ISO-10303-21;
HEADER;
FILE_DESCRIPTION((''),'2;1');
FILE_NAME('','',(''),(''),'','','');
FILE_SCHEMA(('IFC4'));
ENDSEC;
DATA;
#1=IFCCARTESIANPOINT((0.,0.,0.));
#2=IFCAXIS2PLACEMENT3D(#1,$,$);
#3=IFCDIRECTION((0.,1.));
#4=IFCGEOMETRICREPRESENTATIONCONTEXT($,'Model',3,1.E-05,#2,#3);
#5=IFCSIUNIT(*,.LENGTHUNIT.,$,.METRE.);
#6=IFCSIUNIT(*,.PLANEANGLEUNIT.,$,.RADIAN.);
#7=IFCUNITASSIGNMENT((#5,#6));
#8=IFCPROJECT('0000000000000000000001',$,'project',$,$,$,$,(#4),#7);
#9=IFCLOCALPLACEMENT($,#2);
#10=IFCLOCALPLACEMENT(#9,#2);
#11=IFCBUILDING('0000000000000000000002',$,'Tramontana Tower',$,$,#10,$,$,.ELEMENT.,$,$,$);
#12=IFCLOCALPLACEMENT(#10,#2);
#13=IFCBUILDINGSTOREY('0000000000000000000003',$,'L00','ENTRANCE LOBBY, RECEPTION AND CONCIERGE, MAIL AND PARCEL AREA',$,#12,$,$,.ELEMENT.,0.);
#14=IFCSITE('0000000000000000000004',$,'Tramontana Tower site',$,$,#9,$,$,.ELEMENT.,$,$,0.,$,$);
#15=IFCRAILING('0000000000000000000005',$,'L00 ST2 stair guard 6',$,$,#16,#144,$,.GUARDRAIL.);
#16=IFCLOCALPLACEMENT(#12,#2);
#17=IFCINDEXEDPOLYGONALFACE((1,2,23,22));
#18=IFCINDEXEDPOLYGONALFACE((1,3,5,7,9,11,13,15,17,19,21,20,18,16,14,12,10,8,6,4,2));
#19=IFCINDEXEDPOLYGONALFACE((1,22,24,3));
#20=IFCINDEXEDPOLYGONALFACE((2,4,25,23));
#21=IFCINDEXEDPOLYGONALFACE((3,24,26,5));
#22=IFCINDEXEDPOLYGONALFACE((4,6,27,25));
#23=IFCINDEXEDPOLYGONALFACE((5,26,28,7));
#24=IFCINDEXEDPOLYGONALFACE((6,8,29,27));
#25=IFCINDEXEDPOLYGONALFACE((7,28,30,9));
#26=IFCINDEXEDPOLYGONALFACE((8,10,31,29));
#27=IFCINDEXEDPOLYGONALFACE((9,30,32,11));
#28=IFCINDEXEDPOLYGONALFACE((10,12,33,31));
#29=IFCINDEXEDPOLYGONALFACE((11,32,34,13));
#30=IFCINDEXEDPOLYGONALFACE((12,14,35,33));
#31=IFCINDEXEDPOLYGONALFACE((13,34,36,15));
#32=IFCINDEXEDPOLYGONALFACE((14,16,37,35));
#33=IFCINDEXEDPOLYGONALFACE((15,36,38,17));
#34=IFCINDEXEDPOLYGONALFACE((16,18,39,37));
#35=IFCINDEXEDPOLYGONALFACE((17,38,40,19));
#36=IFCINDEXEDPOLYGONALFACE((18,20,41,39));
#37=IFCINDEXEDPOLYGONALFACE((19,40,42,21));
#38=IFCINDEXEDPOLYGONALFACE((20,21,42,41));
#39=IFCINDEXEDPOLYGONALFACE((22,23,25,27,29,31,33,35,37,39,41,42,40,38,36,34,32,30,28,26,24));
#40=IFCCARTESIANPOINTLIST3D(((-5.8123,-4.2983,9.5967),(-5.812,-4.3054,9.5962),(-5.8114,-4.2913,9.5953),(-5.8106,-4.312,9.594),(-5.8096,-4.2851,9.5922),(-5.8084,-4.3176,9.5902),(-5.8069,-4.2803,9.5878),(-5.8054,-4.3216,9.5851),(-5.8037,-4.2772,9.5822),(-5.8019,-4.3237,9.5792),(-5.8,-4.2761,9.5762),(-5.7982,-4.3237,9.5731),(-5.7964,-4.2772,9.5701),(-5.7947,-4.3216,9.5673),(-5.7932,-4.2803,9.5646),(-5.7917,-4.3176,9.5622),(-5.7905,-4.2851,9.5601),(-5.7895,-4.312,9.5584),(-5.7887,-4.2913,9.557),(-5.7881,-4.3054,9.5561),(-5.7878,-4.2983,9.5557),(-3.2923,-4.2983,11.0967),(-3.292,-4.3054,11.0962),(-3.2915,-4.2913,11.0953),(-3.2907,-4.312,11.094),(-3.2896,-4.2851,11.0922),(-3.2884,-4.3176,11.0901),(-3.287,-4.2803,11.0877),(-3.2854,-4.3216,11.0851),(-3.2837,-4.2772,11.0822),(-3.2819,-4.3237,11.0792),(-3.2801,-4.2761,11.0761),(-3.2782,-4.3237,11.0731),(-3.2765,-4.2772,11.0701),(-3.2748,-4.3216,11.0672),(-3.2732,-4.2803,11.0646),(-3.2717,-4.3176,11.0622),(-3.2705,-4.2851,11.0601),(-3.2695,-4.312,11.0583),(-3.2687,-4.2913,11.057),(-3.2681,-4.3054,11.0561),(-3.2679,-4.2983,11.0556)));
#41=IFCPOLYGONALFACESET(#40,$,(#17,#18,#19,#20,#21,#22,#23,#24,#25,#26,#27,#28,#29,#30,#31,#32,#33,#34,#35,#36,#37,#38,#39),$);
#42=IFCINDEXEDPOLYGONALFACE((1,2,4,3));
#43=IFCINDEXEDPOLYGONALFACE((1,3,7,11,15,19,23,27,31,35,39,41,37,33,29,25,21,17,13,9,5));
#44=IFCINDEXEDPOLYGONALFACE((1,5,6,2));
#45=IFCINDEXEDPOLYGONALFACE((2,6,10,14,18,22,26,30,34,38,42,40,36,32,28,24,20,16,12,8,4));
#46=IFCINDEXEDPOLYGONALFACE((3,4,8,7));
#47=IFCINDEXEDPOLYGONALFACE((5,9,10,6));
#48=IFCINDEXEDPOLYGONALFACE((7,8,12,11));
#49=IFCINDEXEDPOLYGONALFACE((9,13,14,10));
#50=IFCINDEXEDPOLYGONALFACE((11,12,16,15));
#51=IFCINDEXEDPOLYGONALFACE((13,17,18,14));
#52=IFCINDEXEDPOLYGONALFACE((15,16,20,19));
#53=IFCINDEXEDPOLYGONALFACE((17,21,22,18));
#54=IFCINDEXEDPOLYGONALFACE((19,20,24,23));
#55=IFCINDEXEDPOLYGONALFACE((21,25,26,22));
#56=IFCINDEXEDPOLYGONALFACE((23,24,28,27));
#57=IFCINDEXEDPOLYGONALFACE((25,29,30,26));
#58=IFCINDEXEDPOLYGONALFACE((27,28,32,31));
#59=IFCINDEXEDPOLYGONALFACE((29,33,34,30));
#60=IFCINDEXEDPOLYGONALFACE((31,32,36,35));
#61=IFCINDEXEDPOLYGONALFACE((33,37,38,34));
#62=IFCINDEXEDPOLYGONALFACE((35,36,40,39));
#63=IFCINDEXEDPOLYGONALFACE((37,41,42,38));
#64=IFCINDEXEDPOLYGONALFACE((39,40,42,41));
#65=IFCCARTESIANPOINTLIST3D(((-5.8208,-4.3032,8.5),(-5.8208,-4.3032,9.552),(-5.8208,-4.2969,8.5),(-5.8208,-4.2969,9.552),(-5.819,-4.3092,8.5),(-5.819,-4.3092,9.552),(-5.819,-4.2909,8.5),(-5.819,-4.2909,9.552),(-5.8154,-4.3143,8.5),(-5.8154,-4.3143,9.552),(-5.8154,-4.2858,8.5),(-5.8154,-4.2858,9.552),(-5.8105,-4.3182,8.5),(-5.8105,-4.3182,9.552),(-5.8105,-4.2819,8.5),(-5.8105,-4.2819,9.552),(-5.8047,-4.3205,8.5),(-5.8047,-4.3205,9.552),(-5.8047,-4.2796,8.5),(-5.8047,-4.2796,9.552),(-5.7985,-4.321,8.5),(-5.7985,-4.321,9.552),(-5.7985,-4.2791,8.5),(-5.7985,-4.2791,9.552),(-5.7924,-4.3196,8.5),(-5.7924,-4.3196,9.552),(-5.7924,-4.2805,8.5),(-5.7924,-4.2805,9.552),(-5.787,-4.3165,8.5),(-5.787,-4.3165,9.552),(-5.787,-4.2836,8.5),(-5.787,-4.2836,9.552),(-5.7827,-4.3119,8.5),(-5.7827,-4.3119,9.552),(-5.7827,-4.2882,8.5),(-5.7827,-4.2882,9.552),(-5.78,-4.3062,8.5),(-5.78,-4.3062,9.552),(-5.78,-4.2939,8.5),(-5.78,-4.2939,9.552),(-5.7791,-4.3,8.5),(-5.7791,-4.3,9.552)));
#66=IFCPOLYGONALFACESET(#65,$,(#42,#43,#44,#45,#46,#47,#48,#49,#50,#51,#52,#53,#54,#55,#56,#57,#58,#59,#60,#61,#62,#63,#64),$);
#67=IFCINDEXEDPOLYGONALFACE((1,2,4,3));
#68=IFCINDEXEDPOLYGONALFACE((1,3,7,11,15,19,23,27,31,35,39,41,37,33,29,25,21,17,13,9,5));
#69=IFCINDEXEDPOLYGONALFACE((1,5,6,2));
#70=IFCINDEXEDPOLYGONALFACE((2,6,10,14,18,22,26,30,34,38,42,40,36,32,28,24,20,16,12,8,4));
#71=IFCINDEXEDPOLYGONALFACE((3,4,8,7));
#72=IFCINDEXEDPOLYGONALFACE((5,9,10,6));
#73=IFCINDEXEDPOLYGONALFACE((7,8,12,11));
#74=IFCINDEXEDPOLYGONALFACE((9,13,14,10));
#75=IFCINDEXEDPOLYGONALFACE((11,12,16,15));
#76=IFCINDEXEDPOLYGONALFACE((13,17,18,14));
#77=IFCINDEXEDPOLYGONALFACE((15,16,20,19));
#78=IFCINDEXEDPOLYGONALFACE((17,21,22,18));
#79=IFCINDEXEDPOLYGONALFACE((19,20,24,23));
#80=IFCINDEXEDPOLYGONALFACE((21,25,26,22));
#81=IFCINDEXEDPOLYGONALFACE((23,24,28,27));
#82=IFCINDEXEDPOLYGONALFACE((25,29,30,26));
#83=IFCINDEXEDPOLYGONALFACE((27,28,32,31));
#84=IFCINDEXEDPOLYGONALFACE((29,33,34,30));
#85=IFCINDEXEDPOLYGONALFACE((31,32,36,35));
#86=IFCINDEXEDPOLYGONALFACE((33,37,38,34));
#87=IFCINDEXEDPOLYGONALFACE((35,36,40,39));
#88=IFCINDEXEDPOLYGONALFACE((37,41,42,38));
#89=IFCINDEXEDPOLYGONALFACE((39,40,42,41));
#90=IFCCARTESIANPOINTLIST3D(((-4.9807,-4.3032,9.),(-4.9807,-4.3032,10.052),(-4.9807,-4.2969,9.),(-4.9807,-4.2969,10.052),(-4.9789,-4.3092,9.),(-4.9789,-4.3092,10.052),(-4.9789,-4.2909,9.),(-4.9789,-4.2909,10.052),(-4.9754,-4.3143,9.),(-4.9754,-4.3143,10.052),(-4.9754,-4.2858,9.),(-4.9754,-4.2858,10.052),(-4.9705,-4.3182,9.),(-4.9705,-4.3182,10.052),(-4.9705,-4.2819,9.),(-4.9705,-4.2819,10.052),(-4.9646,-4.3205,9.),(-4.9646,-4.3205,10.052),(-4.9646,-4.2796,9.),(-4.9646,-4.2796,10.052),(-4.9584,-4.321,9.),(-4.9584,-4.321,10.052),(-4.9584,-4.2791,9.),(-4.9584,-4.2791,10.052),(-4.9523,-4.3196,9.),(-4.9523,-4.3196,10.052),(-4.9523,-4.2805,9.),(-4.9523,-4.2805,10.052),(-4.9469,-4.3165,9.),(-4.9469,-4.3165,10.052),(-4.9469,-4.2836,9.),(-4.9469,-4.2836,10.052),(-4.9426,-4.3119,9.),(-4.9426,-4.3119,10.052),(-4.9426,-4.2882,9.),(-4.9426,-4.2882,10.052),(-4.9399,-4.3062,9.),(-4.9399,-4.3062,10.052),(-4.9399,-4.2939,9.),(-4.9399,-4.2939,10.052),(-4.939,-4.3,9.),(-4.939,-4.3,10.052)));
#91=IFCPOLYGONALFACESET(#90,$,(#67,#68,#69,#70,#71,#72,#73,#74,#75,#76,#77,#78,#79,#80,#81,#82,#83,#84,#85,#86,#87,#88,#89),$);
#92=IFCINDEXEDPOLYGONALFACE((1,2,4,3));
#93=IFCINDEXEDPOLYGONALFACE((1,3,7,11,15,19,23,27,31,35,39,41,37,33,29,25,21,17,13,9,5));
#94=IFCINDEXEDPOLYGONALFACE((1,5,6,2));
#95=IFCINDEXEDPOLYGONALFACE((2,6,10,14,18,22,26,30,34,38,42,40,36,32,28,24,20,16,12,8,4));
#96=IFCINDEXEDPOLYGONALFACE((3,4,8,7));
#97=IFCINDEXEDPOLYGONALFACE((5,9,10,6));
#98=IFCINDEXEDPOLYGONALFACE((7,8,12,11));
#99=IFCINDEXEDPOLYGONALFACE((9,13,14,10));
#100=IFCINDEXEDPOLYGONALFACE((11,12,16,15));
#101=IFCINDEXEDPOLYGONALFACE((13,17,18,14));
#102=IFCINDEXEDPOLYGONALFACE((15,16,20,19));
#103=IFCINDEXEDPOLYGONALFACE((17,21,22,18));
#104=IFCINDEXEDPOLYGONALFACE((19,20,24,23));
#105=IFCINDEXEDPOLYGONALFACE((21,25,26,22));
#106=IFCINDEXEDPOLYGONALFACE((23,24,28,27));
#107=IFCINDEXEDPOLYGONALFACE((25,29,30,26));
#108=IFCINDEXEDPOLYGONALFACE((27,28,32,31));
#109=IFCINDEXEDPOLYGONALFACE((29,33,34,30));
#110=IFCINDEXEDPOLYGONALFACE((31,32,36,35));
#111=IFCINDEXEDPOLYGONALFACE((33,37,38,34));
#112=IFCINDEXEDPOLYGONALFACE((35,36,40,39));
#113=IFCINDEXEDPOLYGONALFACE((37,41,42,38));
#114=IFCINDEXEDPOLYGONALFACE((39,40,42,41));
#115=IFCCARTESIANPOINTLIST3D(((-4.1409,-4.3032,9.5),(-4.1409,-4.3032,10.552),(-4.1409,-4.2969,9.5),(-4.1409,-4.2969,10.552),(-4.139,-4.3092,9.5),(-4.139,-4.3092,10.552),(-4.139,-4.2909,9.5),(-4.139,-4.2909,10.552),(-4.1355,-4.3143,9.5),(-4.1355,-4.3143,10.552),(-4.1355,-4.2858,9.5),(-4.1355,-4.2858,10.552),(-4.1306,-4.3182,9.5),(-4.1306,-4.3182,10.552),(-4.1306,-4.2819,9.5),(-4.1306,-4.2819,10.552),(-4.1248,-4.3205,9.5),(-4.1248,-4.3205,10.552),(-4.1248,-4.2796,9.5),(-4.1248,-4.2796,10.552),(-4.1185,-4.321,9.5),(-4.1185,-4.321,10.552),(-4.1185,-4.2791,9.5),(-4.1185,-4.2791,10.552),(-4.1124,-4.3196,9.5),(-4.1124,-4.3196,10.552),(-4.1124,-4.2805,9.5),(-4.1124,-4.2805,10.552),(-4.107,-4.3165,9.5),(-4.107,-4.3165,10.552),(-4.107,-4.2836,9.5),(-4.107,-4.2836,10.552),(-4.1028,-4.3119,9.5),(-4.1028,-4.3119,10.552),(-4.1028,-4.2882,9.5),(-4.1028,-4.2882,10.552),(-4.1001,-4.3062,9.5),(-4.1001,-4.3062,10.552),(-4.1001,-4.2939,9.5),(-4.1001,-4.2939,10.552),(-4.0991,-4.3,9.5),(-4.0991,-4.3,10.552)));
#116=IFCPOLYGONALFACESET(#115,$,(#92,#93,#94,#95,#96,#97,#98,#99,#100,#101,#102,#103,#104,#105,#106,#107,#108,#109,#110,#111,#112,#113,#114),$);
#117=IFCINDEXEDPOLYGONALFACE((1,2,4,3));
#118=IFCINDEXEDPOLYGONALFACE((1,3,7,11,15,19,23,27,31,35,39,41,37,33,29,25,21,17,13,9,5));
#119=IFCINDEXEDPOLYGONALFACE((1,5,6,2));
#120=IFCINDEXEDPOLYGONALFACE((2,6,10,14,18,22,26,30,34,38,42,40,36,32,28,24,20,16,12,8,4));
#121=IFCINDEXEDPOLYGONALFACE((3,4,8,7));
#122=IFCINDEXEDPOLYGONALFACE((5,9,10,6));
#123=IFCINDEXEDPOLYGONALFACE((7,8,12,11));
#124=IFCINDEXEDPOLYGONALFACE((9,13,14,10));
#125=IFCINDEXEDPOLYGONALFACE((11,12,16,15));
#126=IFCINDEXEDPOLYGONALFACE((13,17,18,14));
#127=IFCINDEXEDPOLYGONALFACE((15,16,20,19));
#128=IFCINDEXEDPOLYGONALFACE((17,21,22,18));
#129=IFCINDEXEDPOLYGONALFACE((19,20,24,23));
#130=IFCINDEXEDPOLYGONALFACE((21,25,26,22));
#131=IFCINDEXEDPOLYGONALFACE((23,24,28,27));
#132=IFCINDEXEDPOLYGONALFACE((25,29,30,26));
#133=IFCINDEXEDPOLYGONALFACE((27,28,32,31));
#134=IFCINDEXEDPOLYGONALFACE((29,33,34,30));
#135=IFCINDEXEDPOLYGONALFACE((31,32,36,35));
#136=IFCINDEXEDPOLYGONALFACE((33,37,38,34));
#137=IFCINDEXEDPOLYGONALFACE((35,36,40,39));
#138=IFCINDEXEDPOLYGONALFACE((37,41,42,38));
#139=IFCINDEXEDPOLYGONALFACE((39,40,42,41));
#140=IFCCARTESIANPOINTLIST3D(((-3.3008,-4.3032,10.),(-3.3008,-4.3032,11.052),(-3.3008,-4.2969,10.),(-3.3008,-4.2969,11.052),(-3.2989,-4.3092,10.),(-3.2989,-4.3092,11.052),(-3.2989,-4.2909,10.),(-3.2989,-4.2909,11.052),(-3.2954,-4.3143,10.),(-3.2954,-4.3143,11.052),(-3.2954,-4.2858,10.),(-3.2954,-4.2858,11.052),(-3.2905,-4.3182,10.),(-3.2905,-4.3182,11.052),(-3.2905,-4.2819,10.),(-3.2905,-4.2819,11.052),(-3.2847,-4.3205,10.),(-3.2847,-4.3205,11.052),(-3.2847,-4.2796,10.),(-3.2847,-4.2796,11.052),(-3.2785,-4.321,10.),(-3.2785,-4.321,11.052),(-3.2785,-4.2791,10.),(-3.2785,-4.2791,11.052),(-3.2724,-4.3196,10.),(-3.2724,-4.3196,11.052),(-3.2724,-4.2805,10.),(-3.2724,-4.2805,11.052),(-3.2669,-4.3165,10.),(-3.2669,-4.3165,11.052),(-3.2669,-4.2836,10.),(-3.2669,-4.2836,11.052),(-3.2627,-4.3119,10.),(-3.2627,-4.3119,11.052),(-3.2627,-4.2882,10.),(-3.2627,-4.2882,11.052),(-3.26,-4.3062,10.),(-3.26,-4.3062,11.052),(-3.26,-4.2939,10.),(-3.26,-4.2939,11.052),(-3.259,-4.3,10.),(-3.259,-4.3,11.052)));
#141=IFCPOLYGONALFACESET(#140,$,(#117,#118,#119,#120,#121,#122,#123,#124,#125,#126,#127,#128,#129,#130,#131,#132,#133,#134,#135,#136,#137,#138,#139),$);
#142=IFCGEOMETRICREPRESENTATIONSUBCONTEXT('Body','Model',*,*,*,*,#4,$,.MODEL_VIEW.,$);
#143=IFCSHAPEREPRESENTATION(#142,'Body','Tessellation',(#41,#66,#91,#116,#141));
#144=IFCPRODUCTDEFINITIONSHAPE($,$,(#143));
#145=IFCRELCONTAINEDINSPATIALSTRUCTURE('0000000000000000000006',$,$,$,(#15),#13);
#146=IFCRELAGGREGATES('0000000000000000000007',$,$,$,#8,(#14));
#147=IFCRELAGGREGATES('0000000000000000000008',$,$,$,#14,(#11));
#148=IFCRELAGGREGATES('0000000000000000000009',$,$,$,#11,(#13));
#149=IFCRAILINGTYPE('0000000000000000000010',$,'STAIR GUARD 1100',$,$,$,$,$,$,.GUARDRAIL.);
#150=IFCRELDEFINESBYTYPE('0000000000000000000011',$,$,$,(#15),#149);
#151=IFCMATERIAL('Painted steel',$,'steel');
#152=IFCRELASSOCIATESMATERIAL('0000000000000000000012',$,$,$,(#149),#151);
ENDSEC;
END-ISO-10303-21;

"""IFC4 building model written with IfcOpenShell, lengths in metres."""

from ifc_helpers import new_model, si_unit, direction, frame, origin, origin_2d, place, context, subcontext, project, spatial, circle, extrude, material, type_object, element, save


model = new_model("IFC4")

# Units and contexts
model_context = context("Model", 3, precision=1e-05, world=origin(), true_north=direction((0.0, 1.0)))
body_context = subcontext(model_context, "Body", "Model", "MODEL_VIEW")
ifc_project = project(units=[si_unit("LENGTHUNIT", "METRE"), si_unit("PLANEANGLEUNIT", "RADIAN")], contexts=[model_context])

# Site, building, storey
site_placement = place(None, origin())
site = spatial("IfcSite", under=ifc_project, at=site_placement, Name="Tramontana Tower site", CompositionType="ELEMENT", RefElevation=0.0)
building_placement = place(site_placement, origin())
building = spatial("IfcBuilding", under=site, at=building_placement, Name="Tramontana Tower", CompositionType="ELEMENT")
storey_placement = place(building_placement, origin())
storey = spatial("IfcBuildingStorey", under=building, at=storey_placement, Name="L00", Description="ENTRANCE LOBBY, RECEPTION AND CONCIERGE, MAIL AND PARCEL AREA", CompositionType="ELEMENT", Elevation=0.0)

# Railing
ifc_material_1 = material(Name="Painted steel", Category="steel")
railing_type_1 = type_object("IfcRailingType", Name="STAIR GUARD 1100", PredefinedType="GUARDRAIL", material=ifc_material_1)
railing_1_placement = place(storey_placement, frame((-5.8, -4.3, 8.5)))
element("IfcRailing", 1, at=railing_1_placement, inside=storey, type_object=railing_type_1, Name="L00 ST2 stair guard 6", PredefinedType="GUARDRAIL", context=body_context, shape_type="SweptSolid", body=[
    extrude(circle(Radius=0.0239, at=origin_2d()), frame((0.0, 0.0, 1.0762), z_axis=(0.859295, 0.0, 0.511481), x_axis=(0.0, 1.0, 0.0)), (0.0, 0.0, 1.0), 2.9326),
    extrude(circle(Radius=0.021, at=origin_2d()), origin(), (0.0, 0.0, 1.0), 1.052),
    extrude(circle(Radius=0.021, at=origin_2d()), frame((0.8401, 0.0, 0.5)), (0.0, 0.0, 1.0), 1.052),
    extrude(circle(Radius=0.021, at=origin_2d()), frame((1.6799, 0.0, 1.0)), (0.0, 0.0, 1.0), 1.052),
    extrude(circle(Radius=0.021, at=origin_2d()), frame((2.52, 0.0, 1.5)), (0.0, 0.0, 1.0), 1.052),
])

save(model, "model.ifc")
